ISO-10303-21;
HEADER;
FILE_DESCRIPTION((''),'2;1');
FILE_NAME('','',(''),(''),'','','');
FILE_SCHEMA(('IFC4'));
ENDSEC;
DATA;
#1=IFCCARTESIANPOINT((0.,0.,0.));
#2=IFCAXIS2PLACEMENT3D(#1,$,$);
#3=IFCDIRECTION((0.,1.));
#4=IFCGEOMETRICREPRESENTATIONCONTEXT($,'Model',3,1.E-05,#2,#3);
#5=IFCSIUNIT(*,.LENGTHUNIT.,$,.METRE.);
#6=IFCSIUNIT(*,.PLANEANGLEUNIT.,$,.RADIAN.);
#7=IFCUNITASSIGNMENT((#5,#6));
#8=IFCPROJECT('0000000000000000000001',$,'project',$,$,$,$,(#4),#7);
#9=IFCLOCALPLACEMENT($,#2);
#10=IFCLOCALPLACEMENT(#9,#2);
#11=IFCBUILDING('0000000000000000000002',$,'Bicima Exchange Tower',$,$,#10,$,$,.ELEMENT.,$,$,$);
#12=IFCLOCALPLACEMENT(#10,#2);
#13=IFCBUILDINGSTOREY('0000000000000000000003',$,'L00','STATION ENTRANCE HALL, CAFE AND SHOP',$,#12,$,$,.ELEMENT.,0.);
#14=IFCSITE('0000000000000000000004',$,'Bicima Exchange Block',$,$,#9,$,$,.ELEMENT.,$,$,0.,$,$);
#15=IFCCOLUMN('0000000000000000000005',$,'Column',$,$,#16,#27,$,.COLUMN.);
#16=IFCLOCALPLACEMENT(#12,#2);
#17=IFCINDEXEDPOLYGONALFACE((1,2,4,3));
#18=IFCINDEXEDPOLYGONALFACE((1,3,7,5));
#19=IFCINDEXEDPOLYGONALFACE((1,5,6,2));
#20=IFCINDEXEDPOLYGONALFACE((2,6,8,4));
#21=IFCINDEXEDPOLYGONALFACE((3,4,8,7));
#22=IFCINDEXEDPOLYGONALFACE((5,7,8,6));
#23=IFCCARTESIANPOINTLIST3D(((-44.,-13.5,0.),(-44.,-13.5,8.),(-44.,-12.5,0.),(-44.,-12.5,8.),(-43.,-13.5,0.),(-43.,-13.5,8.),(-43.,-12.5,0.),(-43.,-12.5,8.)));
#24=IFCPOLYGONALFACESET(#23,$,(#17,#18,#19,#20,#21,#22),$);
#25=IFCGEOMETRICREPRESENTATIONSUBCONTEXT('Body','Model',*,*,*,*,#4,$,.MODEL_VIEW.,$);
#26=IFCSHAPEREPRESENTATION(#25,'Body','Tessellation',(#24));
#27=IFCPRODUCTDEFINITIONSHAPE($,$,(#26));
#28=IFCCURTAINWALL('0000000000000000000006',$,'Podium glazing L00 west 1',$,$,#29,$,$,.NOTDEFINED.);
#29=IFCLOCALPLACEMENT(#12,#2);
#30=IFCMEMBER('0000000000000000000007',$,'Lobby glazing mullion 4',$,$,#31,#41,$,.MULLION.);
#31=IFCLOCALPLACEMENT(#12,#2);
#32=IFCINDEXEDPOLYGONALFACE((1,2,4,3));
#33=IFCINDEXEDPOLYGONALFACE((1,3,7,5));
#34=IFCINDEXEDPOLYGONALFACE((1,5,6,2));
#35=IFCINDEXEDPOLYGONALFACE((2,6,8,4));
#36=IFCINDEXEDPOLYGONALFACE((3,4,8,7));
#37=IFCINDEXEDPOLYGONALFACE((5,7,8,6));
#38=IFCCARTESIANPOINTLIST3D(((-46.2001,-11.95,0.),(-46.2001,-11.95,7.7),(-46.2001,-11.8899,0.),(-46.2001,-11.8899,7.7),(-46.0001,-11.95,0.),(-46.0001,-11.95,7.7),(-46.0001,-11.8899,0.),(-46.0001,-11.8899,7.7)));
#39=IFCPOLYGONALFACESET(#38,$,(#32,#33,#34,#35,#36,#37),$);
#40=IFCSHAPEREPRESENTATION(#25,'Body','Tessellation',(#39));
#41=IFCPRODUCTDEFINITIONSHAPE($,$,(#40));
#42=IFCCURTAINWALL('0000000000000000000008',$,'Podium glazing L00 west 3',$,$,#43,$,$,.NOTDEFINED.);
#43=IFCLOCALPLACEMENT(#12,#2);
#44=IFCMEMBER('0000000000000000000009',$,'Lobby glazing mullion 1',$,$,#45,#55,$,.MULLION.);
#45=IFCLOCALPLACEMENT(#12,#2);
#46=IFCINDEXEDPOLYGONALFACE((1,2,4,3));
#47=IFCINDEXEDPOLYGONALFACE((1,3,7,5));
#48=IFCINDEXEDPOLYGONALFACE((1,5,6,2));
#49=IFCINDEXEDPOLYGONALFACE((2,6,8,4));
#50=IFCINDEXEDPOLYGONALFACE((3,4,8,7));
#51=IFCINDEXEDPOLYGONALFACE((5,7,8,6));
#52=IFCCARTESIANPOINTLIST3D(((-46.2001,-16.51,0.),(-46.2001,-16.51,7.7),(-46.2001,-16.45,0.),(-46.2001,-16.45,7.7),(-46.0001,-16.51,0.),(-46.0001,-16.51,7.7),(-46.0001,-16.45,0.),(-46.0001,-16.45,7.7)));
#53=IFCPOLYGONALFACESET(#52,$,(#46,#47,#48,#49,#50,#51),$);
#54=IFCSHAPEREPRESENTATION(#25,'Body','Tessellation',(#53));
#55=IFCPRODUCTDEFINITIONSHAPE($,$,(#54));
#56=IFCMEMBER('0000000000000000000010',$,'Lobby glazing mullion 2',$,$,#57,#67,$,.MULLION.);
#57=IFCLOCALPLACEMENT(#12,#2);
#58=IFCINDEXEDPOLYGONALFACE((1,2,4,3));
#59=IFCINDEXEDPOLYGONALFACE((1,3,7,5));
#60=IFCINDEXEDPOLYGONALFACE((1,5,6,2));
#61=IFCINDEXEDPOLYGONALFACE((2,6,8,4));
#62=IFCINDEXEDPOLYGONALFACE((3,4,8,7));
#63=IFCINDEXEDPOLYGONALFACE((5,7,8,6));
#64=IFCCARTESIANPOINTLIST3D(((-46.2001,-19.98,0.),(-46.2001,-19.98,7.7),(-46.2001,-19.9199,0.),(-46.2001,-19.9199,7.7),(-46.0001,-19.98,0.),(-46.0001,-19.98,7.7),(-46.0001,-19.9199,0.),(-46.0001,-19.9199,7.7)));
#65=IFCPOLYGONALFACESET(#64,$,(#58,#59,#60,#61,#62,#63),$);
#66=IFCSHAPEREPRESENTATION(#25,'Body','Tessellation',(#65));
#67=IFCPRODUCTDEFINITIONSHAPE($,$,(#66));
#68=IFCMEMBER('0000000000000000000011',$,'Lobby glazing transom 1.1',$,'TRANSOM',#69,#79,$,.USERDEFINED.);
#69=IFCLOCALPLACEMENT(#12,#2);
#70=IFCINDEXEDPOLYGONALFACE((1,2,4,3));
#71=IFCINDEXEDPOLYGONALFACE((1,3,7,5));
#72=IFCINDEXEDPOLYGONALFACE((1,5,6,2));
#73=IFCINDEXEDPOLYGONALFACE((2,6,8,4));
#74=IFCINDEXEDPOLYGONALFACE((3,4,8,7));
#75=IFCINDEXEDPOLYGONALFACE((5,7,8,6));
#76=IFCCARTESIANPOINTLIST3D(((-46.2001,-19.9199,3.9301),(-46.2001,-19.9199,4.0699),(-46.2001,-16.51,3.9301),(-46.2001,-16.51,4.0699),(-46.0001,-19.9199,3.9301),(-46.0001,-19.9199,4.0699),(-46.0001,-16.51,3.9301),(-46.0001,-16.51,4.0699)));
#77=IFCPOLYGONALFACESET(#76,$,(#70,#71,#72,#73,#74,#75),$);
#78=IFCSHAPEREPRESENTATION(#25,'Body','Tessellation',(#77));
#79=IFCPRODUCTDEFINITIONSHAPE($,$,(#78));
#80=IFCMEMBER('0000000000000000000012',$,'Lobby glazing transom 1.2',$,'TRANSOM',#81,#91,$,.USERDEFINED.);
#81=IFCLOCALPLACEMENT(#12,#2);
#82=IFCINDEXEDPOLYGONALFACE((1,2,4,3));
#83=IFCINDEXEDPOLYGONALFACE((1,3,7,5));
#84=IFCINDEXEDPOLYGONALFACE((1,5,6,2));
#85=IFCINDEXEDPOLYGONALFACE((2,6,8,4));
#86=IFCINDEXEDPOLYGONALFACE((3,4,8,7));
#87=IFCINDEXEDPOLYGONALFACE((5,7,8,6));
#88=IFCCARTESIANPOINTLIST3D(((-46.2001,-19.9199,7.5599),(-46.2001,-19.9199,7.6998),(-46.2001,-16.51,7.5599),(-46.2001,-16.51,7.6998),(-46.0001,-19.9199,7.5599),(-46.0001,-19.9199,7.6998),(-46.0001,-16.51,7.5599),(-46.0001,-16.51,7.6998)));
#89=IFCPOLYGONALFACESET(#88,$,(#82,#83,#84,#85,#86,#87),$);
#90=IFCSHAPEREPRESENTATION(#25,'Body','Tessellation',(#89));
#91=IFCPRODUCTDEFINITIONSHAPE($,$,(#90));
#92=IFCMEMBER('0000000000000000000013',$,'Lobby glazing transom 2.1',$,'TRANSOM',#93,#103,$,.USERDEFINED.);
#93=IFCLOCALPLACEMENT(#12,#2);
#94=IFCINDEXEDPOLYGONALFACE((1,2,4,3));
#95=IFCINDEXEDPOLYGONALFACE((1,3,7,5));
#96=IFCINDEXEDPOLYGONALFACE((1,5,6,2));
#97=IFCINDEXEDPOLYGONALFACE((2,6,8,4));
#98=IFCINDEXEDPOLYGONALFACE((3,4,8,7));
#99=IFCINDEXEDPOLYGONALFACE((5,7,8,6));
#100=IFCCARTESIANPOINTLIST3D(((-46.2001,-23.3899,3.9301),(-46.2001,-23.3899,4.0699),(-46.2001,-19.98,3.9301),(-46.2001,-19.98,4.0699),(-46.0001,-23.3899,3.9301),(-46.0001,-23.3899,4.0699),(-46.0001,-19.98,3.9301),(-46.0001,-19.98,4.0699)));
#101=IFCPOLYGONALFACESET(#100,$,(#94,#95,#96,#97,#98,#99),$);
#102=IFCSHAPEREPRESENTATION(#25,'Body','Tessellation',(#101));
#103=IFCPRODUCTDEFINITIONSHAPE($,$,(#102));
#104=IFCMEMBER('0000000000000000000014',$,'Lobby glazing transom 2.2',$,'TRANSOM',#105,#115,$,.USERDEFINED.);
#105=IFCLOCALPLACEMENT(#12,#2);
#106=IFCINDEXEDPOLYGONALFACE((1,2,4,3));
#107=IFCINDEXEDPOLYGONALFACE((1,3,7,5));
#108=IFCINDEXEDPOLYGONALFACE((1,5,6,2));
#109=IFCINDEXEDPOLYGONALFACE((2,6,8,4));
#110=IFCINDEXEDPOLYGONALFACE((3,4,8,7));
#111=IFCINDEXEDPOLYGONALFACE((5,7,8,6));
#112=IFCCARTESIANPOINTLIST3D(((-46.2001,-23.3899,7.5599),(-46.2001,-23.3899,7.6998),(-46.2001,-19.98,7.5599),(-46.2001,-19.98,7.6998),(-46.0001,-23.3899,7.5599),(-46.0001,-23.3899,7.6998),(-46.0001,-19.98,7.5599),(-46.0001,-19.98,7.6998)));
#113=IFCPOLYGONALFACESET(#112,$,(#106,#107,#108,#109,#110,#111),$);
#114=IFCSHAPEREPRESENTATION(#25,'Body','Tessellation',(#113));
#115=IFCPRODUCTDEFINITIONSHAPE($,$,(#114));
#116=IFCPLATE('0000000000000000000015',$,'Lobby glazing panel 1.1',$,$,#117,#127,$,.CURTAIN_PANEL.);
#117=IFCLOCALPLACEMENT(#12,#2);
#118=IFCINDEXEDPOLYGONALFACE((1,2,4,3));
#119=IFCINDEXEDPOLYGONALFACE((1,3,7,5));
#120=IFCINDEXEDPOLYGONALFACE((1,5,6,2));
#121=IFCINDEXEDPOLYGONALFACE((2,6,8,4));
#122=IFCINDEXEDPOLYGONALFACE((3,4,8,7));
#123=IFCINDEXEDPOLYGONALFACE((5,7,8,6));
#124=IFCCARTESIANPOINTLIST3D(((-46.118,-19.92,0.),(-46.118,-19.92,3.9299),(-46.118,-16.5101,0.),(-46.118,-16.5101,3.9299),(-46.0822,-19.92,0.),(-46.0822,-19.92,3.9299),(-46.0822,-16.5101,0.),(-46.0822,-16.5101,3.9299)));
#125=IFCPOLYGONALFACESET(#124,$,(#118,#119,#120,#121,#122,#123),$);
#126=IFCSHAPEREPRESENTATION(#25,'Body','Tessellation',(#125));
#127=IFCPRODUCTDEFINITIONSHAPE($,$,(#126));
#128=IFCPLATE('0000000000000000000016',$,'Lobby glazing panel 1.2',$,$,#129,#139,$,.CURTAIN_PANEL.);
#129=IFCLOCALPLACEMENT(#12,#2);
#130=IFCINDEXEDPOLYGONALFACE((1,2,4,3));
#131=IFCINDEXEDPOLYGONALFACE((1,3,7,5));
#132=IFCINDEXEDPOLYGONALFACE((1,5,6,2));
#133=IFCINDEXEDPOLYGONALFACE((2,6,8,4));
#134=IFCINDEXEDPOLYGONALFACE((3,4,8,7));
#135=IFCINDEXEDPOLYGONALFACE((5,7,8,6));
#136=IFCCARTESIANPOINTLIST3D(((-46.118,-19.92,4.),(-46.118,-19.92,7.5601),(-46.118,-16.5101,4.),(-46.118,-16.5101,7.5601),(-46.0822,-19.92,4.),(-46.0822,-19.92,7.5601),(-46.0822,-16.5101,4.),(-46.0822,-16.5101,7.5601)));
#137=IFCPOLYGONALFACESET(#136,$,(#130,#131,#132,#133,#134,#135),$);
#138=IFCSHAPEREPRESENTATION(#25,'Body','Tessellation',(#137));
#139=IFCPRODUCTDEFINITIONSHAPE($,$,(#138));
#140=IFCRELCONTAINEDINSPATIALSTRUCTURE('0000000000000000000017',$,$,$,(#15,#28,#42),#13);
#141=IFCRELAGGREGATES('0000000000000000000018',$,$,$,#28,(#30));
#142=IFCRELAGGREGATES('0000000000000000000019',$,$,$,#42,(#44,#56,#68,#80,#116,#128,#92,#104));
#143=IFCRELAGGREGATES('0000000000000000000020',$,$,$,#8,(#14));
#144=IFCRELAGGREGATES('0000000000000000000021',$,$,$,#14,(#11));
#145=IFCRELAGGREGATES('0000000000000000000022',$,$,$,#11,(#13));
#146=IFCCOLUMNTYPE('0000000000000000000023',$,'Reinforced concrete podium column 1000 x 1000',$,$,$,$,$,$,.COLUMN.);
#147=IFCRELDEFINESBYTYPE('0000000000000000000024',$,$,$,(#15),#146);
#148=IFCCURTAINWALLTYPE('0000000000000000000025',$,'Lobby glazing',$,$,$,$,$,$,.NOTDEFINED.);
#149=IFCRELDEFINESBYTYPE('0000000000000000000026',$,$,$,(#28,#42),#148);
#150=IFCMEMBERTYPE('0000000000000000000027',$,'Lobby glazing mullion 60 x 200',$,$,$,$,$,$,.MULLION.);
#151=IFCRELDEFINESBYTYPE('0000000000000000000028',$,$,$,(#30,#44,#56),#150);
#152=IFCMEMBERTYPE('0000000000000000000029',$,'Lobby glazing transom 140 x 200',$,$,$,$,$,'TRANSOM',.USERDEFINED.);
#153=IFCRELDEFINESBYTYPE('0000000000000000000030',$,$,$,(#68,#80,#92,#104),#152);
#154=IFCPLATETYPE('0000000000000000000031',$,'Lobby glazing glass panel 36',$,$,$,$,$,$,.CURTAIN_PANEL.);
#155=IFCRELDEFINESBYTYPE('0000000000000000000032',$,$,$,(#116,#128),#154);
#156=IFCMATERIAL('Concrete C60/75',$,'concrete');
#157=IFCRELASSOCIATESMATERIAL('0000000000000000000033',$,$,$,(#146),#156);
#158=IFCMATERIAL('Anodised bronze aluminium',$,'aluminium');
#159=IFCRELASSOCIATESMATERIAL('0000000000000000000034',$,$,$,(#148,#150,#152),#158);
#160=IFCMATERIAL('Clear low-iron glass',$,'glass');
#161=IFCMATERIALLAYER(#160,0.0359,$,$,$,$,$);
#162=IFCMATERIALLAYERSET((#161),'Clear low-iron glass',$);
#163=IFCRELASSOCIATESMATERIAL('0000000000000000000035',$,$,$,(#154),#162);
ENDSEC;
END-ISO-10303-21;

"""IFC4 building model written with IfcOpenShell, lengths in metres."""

from ifc_helpers import new_model, si_unit, direction, frame, origin, origin_2d, place, context, subcontext, project, spatial, rectangle, extrude, material, layer, layer_set, material_profile, profile_set, type_object, element, aggregate, save


model = new_model("IFC4")

# Units and contexts
model_context = context("Model", 3, precision=1e-05, world=origin(), true_north=direction((0.0, 1.0)))
body_context = subcontext(model_context, "Body", "Model", "MODEL_VIEW")
ifc_project = project(units=[si_unit("LENGTHUNIT", "METRE"), si_unit("PLANEANGLEUNIT", "RADIAN")], contexts=[model_context])

# Site, building, storey
site_placement = place(None, origin())
site = spatial("IfcSite", under=ifc_project, at=site_placement, Name="Bicima Exchange Block", CompositionType="ELEMENT", RefElevation=0.0)
building_placement = place(site_placement, origin())
building = spatial("IfcBuilding", under=site, at=building_placement, Name="Bicima Exchange Tower", CompositionType="ELEMENT")
storey_placement = place(building_placement, origin())
storey = spatial("IfcBuildingStorey", under=building, at=storey_placement, Name="L00", Description="STATION ENTRANCE HALL, CAFE AND SHOP", CompositionType="ELEMENT", Elevation=0.0)

# Column
ifc_material_1 = material(Name="Concrete C60/75", Category="concrete")
ifc_material_profile_1 = material_profile(ifc_material_1, rectangle(XDim=1.0, YDim=1.0, at=origin_2d()))
ifc_profile_set_1 = profile_set([ifc_material_profile_1], Name="Concrete C60/75")
column_type = type_object("IfcColumnType", Name="Reinforced concrete podium column 1000 x 1000", PredefinedType="COLUMN", material=ifc_profile_set_1)
column_placement = place(storey_placement, frame((-43.5, -13.0, 0.0), z_axis=(0.0, 0.0, 1.0), x_axis=(1.0, 0.0, 0.0)))
element("IfcColumn", 1, at=column_placement, inside=storey, type_object=column_type, Name="Column", PredefinedType="COLUMN", context=body_context, shape_type="SweptSolid", body=[
    extrude(rectangle(XDim=1.0, YDim=1.0, at=origin_2d()), origin(), (0.0, 0.0, 1.0), 8.0),
])

# Curtain wall, member
ifc_material_2 = material(Name="Anodised bronze aluminium", Category="aluminium")
curtain_wall_type = type_object("IfcCurtainWallType", Name="Lobby glazing", PredefinedType="NOTDEFINED", material=ifc_material_2)
curtain_wall_1_placement = place(storey_placement, origin())
curtain_wall_1 = element("IfcCurtainWall", 2, at=curtain_wall_1_placement, inside=storey, type_object=curtain_wall_type, Name="Podium glazing L00 west 1", PredefinedType="NOTDEFINED")
ifc_material_profile_2 = material_profile(ifc_material_2, rectangle(XDim=0.2, YDim=0.0601, at=origin_2d()))
ifc_profile_set_2 = profile_set([ifc_material_profile_2], Name="Anodised bronze aluminium")
member_type_1 = type_object("IfcMemberType", Name="Lobby glazing mullion 60 x 200", PredefinedType="MULLION", material=ifc_profile_set_2)
member_1_placement = place(storey_placement, frame((-46.1001, -11.9199, 0.0), z_axis=(0.0, 0.0, 1.0), x_axis=(1.0, 0.0, 0.0)))
member_1 = element("IfcMember", 3, at=member_1_placement, type_object=member_type_1, Name="Lobby glazing mullion 4", PredefinedType="MULLION", context=body_context, shape_type="SweptSolid", body=[
    extrude(rectangle(XDim=0.2, YDim=0.0601, at=origin_2d()), origin(), (0.0, 0.0, 1.0), 7.7),
])
aggregate(curtain_wall_1, [member_1])

# Curtain wall, members, plates
curtain_wall_2_placement = place(storey_placement, origin())
curtain_wall_2 = element("IfcCurtainWall", 4, at=curtain_wall_2_placement, inside=storey, type_object=curtain_wall_type, Name="Podium glazing L00 west 3", PredefinedType="NOTDEFINED")
member_2_placement = place(storey_placement, frame((-46.1001, -16.48, 0.0), z_axis=(0.0, 0.0, 1.0), x_axis=(1.0, 0.0, 0.0)))
member_2 = element("IfcMember", 5, at=member_2_placement, type_object=member_type_1, Name="Lobby glazing mullion 1", PredefinedType="MULLION", context=body_context, shape_type="SweptSolid", body=[
    extrude(rectangle(XDim=0.2, YDim=0.0601, at=origin_2d()), origin(), (0.0, 0.0, 1.0), 7.7),
])
member_3_placement = place(storey_placement, frame((-46.1001, -19.95, 0.0), z_axis=(0.0, 0.0, 1.0), x_axis=(1.0, 0.0, 0.0)))
member_3 = element("IfcMember", 6, at=member_3_placement, type_object=member_type_1, Name="Lobby glazing mullion 2", PredefinedType="MULLION", context=body_context, shape_type="SweptSolid", body=[
    extrude(rectangle(XDim=0.2, YDim=0.0601, at=origin_2d()), origin(), (0.0, 0.0, 1.0), 7.7),
])
ifc_material_profile_3 = material_profile(ifc_material_2, rectangle(XDim=0.2, YDim=0.1399, at=origin_2d()))
ifc_profile_set_3 = profile_set([ifc_material_profile_3], Name="Anodised bronze aluminium")
member_type_2 = type_object("IfcMemberType", Name="Lobby glazing transom 140 x 200", ElementType="TRANSOM", PredefinedType="USERDEFINED", material=ifc_profile_set_3)
member_4_placement = place(storey_placement, frame((-46.1001, -16.51, 4.0), z_axis=(0.0, -1.0, 0.0), x_axis=(1.0, 0.0, 0.0)))
member_4 = element("IfcMember", 7, at=member_4_placement, type_object=member_type_2, Name="Lobby glazing transom 1.1", ObjectType="TRANSOM", PredefinedType="USERDEFINED", context=body_context, shape_type="SweptSolid", body=[
    extrude(rectangle(XDim=0.2, YDim=0.1399, at=origin_2d()), origin(), (0.0, 0.0, 1.0), 3.4099),
])
member_5_placement = place(storey_placement, frame((-46.1001, -16.51, 7.6299), z_axis=(0.0, -1.0, 0.0), x_axis=(1.0, 0.0, 0.0)))
member_5 = element("IfcMember", 8, at=member_5_placement, type_object=member_type_2, Name="Lobby glazing transom 1.2", ObjectType="TRANSOM", PredefinedType="USERDEFINED", context=body_context, shape_type="SweptSolid", body=[
    extrude(rectangle(XDim=0.2, YDim=0.1399, at=origin_2d()), origin(), (0.0, 0.0, 1.0), 3.4099),
])
member_6_placement = place(storey_placement, frame((-46.1001, -19.98, 4.0), z_axis=(0.0, -1.0, 0.0), x_axis=(1.0, 0.0, 0.0)))
member_6 = element("IfcMember", 9, at=member_6_placement, type_object=member_type_2, Name="Lobby glazing transom 2.1", ObjectType="TRANSOM", PredefinedType="USERDEFINED", context=body_context, shape_type="SweptSolid", body=[
    extrude(rectangle(XDim=0.2, YDim=0.1399, at=origin_2d()), origin(), (0.0, 0.0, 1.0), 3.4099),
])
member_7_placement = place(storey_placement, frame((-46.1001, -19.98, 7.6299), z_axis=(0.0, -1.0, 0.0), x_axis=(1.0, 0.0, 0.0)))
member_7 = element("IfcMember", 10, at=member_7_placement, type_object=member_type_2, Name="Lobby glazing transom 2.2", ObjectType="TRANSOM", PredefinedType="USERDEFINED", context=body_context, shape_type="SweptSolid", body=[
    extrude(rectangle(XDim=0.2, YDim=0.1399, at=origin_2d()), origin(), (0.0, 0.0, 1.0), 3.4099),
])
ifc_material_3 = material(Name="Clear low-iron glass", Category="glass")
ifc_layer_1 = layer(ifc_material_3, 0.0359)
ifc_layer_set_1 = layer_set([ifc_layer_1], Name="Clear low-iron glass")
plate_type = type_object("IfcPlateType", Name="Lobby glazing glass panel 36", PredefinedType="CURTAIN_PANEL", material=ifc_layer_set_1)
plate_1_placement = place(storey_placement, frame((-46.1001, -18.2151, 0.0), z_axis=(0.0, 0.0, 1.0), x_axis=(0.0, -1.0, 0.0)))
plate_1 = element("IfcPlate", 11, at=plate_1_placement, type_object=plate_type, Name="Lobby glazing panel 1.1", PredefinedType="CURTAIN_PANEL", context=body_context, shape_type="SweptSolid", body=[
    extrude(rectangle(XDim=3.4099, YDim=0.0359, at=origin_2d()), origin(), (0.0, 0.0, 1.0), 3.9299),
])
plate_2_placement = place(storey_placement, frame((-46.1001, -18.2151, 4.0), z_axis=(0.0, 0.0, 1.0), x_axis=(0.0, -1.0, 0.0)))
plate_2 = element("IfcPlate", 12, at=plate_2_placement, type_object=plate_type, Name="Lobby glazing panel 1.2", PredefinedType="CURTAIN_PANEL", context=body_context, shape_type="SweptSolid", body=[
    extrude(rectangle(XDim=3.4099, YDim=0.0359, at=origin_2d()), origin(), (0.0, 0.0, 1.0), 3.5601),
])
aggregate(curtain_wall_2, [member_2, member_3, member_4, member_5, plate_1, plate_2, member_6, member_7])

save(model, "model.ifc")
